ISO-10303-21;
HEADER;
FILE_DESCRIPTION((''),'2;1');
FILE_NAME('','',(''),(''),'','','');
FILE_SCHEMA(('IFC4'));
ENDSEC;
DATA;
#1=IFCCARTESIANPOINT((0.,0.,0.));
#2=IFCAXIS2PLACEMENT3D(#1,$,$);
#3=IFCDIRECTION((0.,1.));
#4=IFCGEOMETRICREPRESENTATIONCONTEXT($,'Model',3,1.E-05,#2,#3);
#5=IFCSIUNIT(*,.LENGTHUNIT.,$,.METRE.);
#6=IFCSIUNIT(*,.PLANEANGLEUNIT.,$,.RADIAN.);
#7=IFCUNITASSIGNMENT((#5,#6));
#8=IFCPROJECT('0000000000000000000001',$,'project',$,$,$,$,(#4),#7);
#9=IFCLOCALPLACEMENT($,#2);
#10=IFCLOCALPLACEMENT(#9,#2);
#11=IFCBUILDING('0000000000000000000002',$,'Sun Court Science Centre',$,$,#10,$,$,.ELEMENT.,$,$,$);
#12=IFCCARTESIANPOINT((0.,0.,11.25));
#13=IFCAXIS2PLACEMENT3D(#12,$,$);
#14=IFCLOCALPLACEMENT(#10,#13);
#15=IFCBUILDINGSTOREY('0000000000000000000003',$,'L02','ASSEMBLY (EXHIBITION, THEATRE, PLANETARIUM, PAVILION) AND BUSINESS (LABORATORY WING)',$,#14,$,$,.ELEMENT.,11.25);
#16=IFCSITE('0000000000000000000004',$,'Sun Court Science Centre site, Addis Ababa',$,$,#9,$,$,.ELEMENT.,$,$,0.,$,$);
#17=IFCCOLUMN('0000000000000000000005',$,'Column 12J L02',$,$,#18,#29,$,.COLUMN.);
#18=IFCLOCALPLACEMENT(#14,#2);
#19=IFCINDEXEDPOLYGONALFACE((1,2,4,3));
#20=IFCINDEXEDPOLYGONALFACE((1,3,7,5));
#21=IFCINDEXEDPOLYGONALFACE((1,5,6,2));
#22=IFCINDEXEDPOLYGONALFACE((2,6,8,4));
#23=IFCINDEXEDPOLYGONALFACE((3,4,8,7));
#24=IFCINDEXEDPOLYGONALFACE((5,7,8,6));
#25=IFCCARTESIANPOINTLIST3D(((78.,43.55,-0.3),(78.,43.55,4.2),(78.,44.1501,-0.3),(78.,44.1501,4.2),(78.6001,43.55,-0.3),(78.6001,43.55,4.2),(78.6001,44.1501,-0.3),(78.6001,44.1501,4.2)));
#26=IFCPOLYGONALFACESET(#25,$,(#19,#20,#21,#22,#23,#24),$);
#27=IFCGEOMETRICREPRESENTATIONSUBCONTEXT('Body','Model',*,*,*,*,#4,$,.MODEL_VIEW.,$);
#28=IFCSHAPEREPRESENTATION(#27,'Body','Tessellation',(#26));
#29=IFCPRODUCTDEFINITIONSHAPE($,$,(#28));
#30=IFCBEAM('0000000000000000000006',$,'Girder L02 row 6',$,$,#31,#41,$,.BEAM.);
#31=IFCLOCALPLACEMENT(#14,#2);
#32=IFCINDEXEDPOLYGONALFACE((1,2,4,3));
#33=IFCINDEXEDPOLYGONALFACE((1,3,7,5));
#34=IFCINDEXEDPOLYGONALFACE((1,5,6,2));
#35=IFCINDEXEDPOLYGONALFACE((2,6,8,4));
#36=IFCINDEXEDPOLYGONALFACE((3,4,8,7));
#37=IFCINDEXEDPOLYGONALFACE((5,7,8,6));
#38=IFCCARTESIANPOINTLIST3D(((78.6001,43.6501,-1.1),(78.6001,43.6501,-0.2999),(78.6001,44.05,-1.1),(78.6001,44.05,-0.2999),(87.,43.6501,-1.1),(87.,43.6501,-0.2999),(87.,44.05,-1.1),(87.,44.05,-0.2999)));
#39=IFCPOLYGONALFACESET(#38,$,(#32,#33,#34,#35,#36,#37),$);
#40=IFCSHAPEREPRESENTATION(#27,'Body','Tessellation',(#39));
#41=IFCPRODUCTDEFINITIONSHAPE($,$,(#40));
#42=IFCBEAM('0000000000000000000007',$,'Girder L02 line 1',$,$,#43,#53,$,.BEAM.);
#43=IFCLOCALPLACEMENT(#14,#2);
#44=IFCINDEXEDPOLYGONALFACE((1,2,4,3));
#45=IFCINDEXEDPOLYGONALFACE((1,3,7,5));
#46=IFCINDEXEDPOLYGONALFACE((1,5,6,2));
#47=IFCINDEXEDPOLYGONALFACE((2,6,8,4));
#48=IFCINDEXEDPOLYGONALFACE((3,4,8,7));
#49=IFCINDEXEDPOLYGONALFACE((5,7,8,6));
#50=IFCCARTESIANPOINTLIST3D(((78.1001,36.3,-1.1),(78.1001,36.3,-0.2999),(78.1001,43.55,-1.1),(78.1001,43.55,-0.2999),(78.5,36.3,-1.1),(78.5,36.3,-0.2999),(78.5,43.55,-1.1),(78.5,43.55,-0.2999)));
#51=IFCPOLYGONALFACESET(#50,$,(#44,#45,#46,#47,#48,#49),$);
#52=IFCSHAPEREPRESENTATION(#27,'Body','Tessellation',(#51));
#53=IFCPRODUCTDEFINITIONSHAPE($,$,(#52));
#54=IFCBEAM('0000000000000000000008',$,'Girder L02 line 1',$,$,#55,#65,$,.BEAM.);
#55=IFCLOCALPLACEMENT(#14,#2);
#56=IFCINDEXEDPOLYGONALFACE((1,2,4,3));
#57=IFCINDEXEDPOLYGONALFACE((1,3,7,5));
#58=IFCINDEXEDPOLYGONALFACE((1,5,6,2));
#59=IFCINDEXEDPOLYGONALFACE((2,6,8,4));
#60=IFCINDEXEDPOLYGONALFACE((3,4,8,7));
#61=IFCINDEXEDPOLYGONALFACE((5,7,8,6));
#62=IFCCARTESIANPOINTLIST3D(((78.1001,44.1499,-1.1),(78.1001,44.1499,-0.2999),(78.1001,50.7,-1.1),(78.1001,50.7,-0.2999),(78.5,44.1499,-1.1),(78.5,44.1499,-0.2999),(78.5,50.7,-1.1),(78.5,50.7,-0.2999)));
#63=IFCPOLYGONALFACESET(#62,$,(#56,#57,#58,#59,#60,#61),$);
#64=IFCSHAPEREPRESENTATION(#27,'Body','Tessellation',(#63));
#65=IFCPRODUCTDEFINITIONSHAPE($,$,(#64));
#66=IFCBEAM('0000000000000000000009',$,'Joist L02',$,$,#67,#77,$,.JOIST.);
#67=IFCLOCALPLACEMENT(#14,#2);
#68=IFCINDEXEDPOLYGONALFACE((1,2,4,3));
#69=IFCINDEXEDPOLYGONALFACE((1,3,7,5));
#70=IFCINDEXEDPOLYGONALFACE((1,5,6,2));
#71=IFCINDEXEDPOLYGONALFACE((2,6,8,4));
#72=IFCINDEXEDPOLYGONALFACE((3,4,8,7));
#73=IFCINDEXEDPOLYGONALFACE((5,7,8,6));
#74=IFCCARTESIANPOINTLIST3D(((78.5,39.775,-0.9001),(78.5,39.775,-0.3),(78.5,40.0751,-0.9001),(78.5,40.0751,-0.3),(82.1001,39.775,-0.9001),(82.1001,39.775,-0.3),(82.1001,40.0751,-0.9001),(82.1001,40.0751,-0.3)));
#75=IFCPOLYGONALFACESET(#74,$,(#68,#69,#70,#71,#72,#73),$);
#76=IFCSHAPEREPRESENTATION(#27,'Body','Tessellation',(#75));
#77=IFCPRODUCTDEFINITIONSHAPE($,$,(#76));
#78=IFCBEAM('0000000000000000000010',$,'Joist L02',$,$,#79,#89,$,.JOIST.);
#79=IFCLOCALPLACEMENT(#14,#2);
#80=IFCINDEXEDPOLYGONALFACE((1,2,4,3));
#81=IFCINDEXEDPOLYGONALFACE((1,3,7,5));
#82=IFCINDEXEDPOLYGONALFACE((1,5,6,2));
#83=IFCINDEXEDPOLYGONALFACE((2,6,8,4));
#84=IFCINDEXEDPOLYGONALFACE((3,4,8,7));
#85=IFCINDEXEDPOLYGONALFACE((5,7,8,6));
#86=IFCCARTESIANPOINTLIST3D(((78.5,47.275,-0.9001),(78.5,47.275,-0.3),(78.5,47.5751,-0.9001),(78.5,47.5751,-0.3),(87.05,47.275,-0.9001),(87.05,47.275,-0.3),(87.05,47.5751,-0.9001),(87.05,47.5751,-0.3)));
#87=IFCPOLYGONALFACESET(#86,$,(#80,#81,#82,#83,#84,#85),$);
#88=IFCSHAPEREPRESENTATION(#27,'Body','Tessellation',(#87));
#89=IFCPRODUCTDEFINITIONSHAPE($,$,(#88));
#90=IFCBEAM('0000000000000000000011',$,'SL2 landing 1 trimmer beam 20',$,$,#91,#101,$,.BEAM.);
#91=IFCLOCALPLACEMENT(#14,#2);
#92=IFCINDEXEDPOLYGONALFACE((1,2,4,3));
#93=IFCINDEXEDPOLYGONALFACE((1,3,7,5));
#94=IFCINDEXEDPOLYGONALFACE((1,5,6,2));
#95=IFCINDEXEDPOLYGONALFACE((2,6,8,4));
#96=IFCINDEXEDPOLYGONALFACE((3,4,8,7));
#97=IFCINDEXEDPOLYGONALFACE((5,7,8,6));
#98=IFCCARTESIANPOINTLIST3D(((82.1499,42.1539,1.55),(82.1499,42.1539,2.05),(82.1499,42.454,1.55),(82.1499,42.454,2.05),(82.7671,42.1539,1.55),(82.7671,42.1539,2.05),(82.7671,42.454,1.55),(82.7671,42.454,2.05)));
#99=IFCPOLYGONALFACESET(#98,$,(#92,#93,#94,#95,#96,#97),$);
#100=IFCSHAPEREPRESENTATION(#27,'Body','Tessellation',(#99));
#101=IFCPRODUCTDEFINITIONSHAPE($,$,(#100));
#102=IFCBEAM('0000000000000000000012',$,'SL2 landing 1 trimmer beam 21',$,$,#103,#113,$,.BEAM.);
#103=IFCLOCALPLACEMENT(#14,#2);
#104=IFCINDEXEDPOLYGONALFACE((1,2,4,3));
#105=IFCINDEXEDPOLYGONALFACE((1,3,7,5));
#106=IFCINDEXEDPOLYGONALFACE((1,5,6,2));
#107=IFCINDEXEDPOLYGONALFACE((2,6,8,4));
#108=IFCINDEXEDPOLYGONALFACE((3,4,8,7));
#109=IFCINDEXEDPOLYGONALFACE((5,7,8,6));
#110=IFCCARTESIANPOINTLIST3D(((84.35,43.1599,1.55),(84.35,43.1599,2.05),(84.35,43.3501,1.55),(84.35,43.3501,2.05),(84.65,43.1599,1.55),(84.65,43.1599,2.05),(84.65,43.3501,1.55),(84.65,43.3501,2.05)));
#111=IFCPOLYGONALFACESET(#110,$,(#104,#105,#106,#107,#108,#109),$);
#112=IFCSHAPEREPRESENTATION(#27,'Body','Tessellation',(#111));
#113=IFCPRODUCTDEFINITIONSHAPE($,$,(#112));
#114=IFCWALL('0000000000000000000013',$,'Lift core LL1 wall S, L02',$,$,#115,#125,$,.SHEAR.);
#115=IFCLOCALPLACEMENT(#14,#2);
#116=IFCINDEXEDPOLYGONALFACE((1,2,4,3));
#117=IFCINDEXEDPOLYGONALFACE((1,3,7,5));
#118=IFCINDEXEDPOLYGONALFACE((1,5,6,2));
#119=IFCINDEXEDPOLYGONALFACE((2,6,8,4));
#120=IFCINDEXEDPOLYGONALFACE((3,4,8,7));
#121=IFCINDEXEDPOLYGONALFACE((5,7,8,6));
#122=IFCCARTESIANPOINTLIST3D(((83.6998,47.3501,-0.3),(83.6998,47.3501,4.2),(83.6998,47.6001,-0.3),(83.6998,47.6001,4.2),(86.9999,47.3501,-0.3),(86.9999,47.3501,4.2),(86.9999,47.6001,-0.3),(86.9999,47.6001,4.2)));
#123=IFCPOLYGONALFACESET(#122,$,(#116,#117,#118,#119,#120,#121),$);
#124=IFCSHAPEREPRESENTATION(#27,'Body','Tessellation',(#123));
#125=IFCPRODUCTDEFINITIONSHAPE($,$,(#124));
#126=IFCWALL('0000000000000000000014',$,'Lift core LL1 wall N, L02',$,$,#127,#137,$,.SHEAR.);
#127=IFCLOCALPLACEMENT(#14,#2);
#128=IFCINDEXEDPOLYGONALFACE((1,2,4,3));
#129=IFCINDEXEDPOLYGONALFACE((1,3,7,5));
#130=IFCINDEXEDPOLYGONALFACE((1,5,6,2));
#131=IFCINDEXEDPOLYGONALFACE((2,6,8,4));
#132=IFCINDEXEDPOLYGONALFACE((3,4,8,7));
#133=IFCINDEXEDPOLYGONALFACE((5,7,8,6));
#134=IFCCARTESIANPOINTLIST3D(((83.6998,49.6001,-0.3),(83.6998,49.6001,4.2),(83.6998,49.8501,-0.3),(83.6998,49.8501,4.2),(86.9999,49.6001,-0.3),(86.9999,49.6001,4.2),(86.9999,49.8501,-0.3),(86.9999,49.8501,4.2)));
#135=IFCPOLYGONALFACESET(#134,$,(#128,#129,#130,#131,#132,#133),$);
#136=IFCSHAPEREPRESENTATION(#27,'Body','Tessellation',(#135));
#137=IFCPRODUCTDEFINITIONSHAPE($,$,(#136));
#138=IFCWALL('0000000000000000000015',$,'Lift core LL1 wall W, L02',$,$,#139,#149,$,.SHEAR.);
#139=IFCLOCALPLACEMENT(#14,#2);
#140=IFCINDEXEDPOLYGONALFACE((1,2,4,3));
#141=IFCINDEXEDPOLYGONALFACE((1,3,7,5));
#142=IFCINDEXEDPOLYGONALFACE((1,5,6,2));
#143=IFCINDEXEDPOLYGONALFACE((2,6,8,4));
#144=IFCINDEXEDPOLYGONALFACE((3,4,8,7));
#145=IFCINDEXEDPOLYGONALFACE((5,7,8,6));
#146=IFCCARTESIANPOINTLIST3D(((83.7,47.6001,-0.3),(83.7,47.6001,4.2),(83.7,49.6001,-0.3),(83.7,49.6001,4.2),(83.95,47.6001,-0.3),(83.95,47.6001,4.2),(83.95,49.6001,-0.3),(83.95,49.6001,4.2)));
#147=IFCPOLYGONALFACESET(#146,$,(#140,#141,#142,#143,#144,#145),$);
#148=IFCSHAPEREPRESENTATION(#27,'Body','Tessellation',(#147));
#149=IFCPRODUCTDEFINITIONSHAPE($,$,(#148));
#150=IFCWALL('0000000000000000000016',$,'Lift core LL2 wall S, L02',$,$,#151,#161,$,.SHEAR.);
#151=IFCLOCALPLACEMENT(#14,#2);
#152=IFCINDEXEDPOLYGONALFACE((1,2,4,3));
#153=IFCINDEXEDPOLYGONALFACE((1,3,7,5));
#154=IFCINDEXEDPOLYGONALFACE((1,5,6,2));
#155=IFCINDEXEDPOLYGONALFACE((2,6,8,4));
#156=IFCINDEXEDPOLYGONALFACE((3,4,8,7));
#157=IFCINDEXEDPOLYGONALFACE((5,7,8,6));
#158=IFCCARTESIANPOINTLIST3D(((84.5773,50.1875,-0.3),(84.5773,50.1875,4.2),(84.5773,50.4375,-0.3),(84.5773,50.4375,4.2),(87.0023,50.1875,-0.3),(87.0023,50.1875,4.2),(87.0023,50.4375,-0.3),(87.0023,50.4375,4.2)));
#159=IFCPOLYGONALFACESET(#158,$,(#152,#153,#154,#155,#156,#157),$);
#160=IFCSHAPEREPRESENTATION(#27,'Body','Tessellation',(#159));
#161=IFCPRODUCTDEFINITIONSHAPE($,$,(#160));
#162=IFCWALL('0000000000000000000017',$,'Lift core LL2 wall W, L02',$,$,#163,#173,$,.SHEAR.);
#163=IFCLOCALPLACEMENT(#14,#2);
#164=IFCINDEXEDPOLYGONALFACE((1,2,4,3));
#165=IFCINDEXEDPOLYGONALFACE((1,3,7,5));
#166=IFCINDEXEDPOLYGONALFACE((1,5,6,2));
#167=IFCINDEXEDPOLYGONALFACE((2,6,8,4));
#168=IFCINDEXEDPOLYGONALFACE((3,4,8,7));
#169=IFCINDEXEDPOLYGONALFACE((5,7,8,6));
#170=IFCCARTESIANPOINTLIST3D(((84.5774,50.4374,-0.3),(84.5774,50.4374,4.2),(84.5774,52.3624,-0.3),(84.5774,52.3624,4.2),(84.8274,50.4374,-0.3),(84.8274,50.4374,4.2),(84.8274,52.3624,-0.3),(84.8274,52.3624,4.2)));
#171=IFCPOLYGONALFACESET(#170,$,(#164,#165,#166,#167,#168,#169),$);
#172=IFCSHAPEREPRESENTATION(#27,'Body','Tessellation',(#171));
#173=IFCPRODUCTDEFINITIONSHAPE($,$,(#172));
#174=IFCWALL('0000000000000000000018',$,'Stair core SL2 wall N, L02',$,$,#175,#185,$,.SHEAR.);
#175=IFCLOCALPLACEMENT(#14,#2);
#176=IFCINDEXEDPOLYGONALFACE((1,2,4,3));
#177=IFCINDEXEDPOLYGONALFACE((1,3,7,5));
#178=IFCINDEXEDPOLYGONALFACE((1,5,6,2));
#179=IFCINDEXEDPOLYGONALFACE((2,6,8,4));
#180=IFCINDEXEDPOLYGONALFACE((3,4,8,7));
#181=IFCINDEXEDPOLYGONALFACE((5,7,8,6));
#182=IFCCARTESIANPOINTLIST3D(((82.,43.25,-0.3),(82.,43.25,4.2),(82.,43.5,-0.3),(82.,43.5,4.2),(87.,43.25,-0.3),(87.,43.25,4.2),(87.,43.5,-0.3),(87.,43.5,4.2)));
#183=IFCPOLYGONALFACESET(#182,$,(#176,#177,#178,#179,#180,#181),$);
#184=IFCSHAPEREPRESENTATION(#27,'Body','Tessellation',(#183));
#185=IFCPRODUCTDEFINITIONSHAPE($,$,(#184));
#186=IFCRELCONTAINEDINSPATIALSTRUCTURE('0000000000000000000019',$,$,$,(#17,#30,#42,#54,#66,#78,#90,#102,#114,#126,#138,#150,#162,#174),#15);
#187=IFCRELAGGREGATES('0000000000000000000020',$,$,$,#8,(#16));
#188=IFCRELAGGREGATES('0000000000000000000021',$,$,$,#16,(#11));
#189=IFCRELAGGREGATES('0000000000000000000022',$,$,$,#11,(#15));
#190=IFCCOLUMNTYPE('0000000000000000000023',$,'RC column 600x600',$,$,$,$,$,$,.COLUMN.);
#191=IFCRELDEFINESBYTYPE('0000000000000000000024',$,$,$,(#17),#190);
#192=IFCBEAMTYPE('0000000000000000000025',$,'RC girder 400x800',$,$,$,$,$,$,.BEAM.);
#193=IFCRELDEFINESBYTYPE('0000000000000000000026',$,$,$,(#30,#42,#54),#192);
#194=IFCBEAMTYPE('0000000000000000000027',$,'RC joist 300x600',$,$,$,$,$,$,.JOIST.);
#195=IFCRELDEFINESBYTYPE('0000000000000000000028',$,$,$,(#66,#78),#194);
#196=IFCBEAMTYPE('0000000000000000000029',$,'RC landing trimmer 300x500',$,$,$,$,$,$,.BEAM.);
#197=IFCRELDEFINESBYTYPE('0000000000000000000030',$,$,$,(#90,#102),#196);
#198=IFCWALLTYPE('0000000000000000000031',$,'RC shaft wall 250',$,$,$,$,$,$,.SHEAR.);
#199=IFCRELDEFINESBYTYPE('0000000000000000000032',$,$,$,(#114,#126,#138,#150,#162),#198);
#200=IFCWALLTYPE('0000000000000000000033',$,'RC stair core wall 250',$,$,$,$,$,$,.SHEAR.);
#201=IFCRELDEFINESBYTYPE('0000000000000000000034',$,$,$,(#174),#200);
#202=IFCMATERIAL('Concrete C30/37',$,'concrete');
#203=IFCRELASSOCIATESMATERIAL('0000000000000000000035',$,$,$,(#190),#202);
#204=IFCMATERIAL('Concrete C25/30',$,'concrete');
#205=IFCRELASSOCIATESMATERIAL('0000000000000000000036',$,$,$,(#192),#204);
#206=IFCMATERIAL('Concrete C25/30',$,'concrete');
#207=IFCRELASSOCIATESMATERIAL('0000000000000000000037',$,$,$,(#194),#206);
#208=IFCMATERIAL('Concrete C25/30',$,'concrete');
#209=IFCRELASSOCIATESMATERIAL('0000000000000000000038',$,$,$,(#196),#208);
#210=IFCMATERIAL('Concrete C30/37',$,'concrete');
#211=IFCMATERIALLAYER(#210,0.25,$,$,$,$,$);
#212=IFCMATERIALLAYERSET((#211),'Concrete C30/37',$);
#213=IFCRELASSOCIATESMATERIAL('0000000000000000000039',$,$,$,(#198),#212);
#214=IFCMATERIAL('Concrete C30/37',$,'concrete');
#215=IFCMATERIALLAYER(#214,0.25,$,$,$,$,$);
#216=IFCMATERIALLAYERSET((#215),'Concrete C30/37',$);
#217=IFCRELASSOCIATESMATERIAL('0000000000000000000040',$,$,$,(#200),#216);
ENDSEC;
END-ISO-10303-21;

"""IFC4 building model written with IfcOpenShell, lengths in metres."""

from ifc_helpers import new_model, si_unit, direction, frame, frame_2d, origin, origin_2d, place, context, subcontext, project, spatial, rectangle, extrude, material, layer, layer_set, material_profile, profile_set, type_object, element, save


model = new_model("IFC4")

# Units and contexts
model_context = context("Model", 3, precision=1e-05, world=origin(), true_north=direction((0.0, 1.0)))
body_context = subcontext(model_context, "Body", "Model", "MODEL_VIEW")
ifc_project = project(units=[si_unit("LENGTHUNIT", "METRE"), si_unit("PLANEANGLEUNIT", "RADIAN")], contexts=[model_context])

# Site, building, storey
site_placement = place(None, origin())
site = spatial("IfcSite", under=ifc_project, at=site_placement, Name="Sun Court Science Centre site, Addis Ababa", CompositionType="ELEMENT", RefElevation=0.0)
building_placement = place(site_placement, origin())
building = spatial("IfcBuilding", under=site, at=building_placement, Name="Sun Court Science Centre", CompositionType="ELEMENT")
storey_placement = place(building_placement, frame((0.0, 0.0, 11.25)))
storey = spatial("IfcBuildingStorey", under=building, at=storey_placement, Name="L02", Description="ASSEMBLY (EXHIBITION, THEATRE, PLANETARIUM, PAVILION) AND BUSINESS (LABORATORY WING)", CompositionType="ELEMENT", Elevation=11.25)

# Column
ifc_material_1 = material(Name="Concrete C30/37", Category="concrete")
ifc_material_profile_1 = material_profile(ifc_material_1, rectangle(XDim=0.6001, YDim=0.6001, at=origin_2d()), Name="RC 600x600")
ifc_profile_set_1 = profile_set([ifc_material_profile_1], Name="Concrete C30/37")
column_type = type_object("IfcColumnType", Name="RC column 600x600", PredefinedType="COLUMN", material=ifc_profile_set_1)
column_placement = place(storey_placement, frame((78.3, 43.8501, -0.3), z_axis=(0.0, 0.0, 1.0), x_axis=(1.0, 0.0, 0.0)))
element("IfcColumn", 1, at=column_placement, inside=storey, type_object=column_type, Name="Column 12J L02", PredefinedType="COLUMN", context=body_context, shape_type="SweptSolid", body=[
    extrude(rectangle(XDim=0.6001, YDim=0.6001, at=origin_2d()), origin(), (0.0, 0.0, 1.0), 4.5),
])

# Beams
ifc_material_2 = material(Name="Concrete C25/30", Category="concrete")
ifc_material_profile_2 = material_profile(ifc_material_2, rectangle(XDim=0.3999, YDim=0.8, at=origin_2d()), Name="RC 400x800")
ifc_profile_set_2 = profile_set([ifc_material_profile_2], Name="Concrete C25/30")
beam_type_1 = type_object("IfcBeamType", Name="RC girder 400x800", PredefinedType="BEAM", material=ifc_profile_set_2)
beam_1_placement = place(storey_placement, frame((78.6001, 43.8501, -0.7), z_axis=(1.0, 0.0, 0.0), x_axis=(0.0, 1.0, 0.0)))
element("IfcBeam", 2, at=beam_1_placement, inside=storey, type_object=beam_type_1, Name="Girder L02 row 6", PredefinedType="BEAM", context=body_context, shape_type="SweptSolid", body=[
    extrude(rectangle(XDim=0.3999, YDim=0.8, at=origin_2d()), origin(), (0.0, 0.0, 1.0), 8.3999),
])
beam_2_placement = place(storey_placement, frame((78.3, 36.3, -0.7), z_axis=(0.0, 1.0, 0.0), x_axis=(-1.0, 0.0, 0.0)))
element("IfcBeam", 3, at=beam_2_placement, inside=storey, type_object=beam_type_1, Name="Girder L02 line 1", PredefinedType="BEAM", context=body_context, shape_type="SweptSolid", body=[
    extrude(rectangle(XDim=0.3999, YDim=0.8, at=origin_2d()), origin(), (0.0, 0.0, 1.0), 7.25),
])
beam_3_placement = place(storey_placement, frame((78.3, 44.1499, -0.7), z_axis=(0.0, 1.0, 0.0), x_axis=(-1.0, 0.0, 0.0)))
element("IfcBeam", 4, at=beam_3_placement, inside=storey, type_object=beam_type_1, Name="Girder L02 line 1", PredefinedType="BEAM", context=body_context, shape_type="SweptSolid", body=[
    extrude(rectangle(XDim=0.3999, YDim=0.8, at=origin_2d()), origin(), (0.0, 0.0, 1.0), 6.55),
])
ifc_material_3 = material(Name="Concrete C25/30", Category="concrete")
ifc_material_profile_3 = material_profile(ifc_material_3, rectangle(XDim=0.3, YDim=0.6001, at=origin_2d()), Name="RC 300x600")
ifc_profile_set_3 = profile_set([ifc_material_profile_3], Name="Concrete C25/30")
beam_type_2 = type_object("IfcBeamType", Name="RC joist 300x600", PredefinedType="JOIST", material=ifc_profile_set_3)
beam_4_placement = place(storey_placement, frame((78.5, 39.925, -0.6001), z_axis=(1.0, 0.0, 0.0), x_axis=(0.0, 1.0, 0.0)))
element("IfcBeam", 5, at=beam_4_placement, inside=storey, type_object=beam_type_2, Name="Joist L02", PredefinedType="JOIST", context=body_context, shape_type="SweptSolid", body=[
    extrude(rectangle(XDim=0.3, YDim=0.6001, at=origin_2d()), origin(), (0.0, 0.0, 1.0), 3.6001),
])
beam_5_placement = place(storey_placement, frame((78.5, 47.425, -0.6001), z_axis=(1.0, 0.0, 0.0), x_axis=(0.0, 1.0, 0.0)))
element("IfcBeam", 6, at=beam_5_placement, inside=storey, type_object=beam_type_2, Name="Joist L02", PredefinedType="JOIST", context=body_context, shape_type="SweptSolid", body=[
    extrude(rectangle(XDim=0.3, YDim=0.6001, at=origin_2d()), origin(), (0.0, 0.0, 1.0), 8.55),
])
ifc_material_4 = material(Name="Concrete C25/30", Category="concrete")
ifc_material_profile_4 = material_profile(ifc_material_4, rectangle(XDim=0.3, YDim=0.5, at=origin_2d()), Name="RC 300x500")
ifc_profile_set_4 = profile_set([ifc_material_profile_4], Name="Concrete C25/30")
beam_type_3 = type_object("IfcBeamType", Name="RC landing trimmer 300x500", PredefinedType="BEAM", material=ifc_profile_set_4)
beam_6_placement = place(storey_placement, frame((82.1499, 42.304, 1.8), z_axis=(1.0, 0.0, 0.0), x_axis=(0.0, 1.0, 0.0)))
element("IfcBeam", 7, at=beam_6_placement, inside=storey, type_object=beam_type_3, Name="SL2 landing 1 trimmer beam 20", PredefinedType="BEAM", context=body_context, shape_type="SweptSolid", body=[
    extrude(rectangle(XDim=0.3, YDim=0.5, at=origin_2d()), origin(), (0.0, 0.0, 1.0), 0.6172),
])
beam_7_placement = place(storey_placement, frame((84.5, 43.3501, 1.8), z_axis=(0.0, -1.0, 0.0), x_axis=(1.0, 0.0, 0.0)))
element("IfcBeam", 8, at=beam_7_placement, inside=storey, type_object=beam_type_3, Name="SL2 landing 1 trimmer beam 21", PredefinedType="BEAM", context=body_context, shape_type="SweptSolid", body=[
    extrude(rectangle(XDim=0.3, YDim=0.5, at=origin_2d()), origin(), (0.0, 0.0, 1.0), 0.1902),
])

# Walls
ifc_material_5 = material(Name="Concrete C30/37", Category="concrete")
ifc_layer_1 = layer(ifc_material_5, 0.25)
ifc_layer_set_1 = layer_set([ifc_layer_1], Name="Concrete C30/37")
wall_type_1 = type_object("IfcWallType", Name="RC shaft wall 250", PredefinedType="SHEAR", material=ifc_layer_set_1)
for number, where, z_axis, x_axis, name in (
    (9, (83.7, 47.4751, -0.3), (0.0, 0.0, 1.0), (1.0, 0.0, 0.0), "Lift core LL1 wall S, L02"),
    (10, (83.7, 49.7251, -0.3), (0.0, 0.0, 1.0), (1.0, 0.0, 0.0), "Lift core LL1 wall N, L02"),
):
    element("IfcWall", number, at=place(storey_placement, frame(where, z_axis=z_axis, x_axis=x_axis)), inside=storey, type_object=wall_type_1, Name=name, PredefinedType="SHEAR", context=body_context, shape_type="SweptSolid", body=[
        extrude(rectangle(XDim=3.3, YDim=0.25, at=frame_2d((1.6499, 0.0))), origin(), (0.0, 0.0, 1.0), 4.5),
    ])
wall_1_placement = place(storey_placement, frame((83.825, 47.6001, -0.3), z_axis=(0.0, 0.0, 1.0), x_axis=(0.0, 1.0, 0.0)))
element("IfcWall", 11, at=wall_1_placement, inside=storey, type_object=wall_type_1, Name="Lift core LL1 wall W, L02", PredefinedType="SHEAR", context=body_context, shape_type="SweptSolid", body=[
    extrude(rectangle(XDim=2.0, YDim=0.25, at=frame_2d((1.0, 0.0))), origin(), (0.0, 0.0, 1.0), 4.5),
])
wall_2_placement = place(storey_placement, frame((84.5774, 50.3125, -0.3), z_axis=(0.0, 0.0, 1.0), x_axis=(1.0, 0.0, 0.0)))
element("IfcWall", 12, at=wall_2_placement, inside=storey, type_object=wall_type_1, Name="Lift core LL2 wall S, L02", PredefinedType="SHEAR", context=body_context, shape_type="SweptSolid", body=[
    extrude(rectangle(XDim=2.425, YDim=0.25, at=frame_2d((1.2124, 0.0))), origin(), (0.0, 0.0, 1.0), 4.5),
])
wall_3_placement = place(storey_placement, frame((84.7024, 50.4375, -0.3), z_axis=(0.0, 0.0, 1.0), x_axis=(0.0, 1.0, 0.0)))
element("IfcWall", 13, at=wall_3_placement, inside=storey, type_object=wall_type_1, Name="Lift core LL2 wall W, L02", PredefinedType="SHEAR", context=body_context, shape_type="SweptSolid", body=[
    extrude(rectangle(XDim=1.925, YDim=0.25, at=frame_2d((0.9624, 0.0))), origin(), (0.0, 0.0, 1.0), 4.5),
])
ifc_material_6 = material(Name="Concrete C30/37", Category="concrete")
ifc_layer_2 = layer(ifc_material_6, 0.25)
ifc_layer_set_2 = layer_set([ifc_layer_2], Name="Concrete C30/37")
wall_type_2 = type_object("IfcWallType", Name="RC stair core wall 250", PredefinedType="SHEAR", material=ifc_layer_set_2)
wall_4_placement = place(storey_placement, frame((82.0, 43.375, -0.3), z_axis=(0.0, 0.0, 1.0), x_axis=(1.0, 0.0, 0.0)))
element("IfcWall", 14, at=wall_4_placement, inside=storey, type_object=wall_type_2, Name="Stair core SL2 wall N, L02", PredefinedType="SHEAR", context=body_context, shape_type="SweptSolid", body=[
    extrude(rectangle(XDim=5.0, YDim=0.25, at=frame_2d((2.5, 0.0))), origin(), (0.0, 0.0, 1.0), 4.5),
])

save(model, "model.ifc")
